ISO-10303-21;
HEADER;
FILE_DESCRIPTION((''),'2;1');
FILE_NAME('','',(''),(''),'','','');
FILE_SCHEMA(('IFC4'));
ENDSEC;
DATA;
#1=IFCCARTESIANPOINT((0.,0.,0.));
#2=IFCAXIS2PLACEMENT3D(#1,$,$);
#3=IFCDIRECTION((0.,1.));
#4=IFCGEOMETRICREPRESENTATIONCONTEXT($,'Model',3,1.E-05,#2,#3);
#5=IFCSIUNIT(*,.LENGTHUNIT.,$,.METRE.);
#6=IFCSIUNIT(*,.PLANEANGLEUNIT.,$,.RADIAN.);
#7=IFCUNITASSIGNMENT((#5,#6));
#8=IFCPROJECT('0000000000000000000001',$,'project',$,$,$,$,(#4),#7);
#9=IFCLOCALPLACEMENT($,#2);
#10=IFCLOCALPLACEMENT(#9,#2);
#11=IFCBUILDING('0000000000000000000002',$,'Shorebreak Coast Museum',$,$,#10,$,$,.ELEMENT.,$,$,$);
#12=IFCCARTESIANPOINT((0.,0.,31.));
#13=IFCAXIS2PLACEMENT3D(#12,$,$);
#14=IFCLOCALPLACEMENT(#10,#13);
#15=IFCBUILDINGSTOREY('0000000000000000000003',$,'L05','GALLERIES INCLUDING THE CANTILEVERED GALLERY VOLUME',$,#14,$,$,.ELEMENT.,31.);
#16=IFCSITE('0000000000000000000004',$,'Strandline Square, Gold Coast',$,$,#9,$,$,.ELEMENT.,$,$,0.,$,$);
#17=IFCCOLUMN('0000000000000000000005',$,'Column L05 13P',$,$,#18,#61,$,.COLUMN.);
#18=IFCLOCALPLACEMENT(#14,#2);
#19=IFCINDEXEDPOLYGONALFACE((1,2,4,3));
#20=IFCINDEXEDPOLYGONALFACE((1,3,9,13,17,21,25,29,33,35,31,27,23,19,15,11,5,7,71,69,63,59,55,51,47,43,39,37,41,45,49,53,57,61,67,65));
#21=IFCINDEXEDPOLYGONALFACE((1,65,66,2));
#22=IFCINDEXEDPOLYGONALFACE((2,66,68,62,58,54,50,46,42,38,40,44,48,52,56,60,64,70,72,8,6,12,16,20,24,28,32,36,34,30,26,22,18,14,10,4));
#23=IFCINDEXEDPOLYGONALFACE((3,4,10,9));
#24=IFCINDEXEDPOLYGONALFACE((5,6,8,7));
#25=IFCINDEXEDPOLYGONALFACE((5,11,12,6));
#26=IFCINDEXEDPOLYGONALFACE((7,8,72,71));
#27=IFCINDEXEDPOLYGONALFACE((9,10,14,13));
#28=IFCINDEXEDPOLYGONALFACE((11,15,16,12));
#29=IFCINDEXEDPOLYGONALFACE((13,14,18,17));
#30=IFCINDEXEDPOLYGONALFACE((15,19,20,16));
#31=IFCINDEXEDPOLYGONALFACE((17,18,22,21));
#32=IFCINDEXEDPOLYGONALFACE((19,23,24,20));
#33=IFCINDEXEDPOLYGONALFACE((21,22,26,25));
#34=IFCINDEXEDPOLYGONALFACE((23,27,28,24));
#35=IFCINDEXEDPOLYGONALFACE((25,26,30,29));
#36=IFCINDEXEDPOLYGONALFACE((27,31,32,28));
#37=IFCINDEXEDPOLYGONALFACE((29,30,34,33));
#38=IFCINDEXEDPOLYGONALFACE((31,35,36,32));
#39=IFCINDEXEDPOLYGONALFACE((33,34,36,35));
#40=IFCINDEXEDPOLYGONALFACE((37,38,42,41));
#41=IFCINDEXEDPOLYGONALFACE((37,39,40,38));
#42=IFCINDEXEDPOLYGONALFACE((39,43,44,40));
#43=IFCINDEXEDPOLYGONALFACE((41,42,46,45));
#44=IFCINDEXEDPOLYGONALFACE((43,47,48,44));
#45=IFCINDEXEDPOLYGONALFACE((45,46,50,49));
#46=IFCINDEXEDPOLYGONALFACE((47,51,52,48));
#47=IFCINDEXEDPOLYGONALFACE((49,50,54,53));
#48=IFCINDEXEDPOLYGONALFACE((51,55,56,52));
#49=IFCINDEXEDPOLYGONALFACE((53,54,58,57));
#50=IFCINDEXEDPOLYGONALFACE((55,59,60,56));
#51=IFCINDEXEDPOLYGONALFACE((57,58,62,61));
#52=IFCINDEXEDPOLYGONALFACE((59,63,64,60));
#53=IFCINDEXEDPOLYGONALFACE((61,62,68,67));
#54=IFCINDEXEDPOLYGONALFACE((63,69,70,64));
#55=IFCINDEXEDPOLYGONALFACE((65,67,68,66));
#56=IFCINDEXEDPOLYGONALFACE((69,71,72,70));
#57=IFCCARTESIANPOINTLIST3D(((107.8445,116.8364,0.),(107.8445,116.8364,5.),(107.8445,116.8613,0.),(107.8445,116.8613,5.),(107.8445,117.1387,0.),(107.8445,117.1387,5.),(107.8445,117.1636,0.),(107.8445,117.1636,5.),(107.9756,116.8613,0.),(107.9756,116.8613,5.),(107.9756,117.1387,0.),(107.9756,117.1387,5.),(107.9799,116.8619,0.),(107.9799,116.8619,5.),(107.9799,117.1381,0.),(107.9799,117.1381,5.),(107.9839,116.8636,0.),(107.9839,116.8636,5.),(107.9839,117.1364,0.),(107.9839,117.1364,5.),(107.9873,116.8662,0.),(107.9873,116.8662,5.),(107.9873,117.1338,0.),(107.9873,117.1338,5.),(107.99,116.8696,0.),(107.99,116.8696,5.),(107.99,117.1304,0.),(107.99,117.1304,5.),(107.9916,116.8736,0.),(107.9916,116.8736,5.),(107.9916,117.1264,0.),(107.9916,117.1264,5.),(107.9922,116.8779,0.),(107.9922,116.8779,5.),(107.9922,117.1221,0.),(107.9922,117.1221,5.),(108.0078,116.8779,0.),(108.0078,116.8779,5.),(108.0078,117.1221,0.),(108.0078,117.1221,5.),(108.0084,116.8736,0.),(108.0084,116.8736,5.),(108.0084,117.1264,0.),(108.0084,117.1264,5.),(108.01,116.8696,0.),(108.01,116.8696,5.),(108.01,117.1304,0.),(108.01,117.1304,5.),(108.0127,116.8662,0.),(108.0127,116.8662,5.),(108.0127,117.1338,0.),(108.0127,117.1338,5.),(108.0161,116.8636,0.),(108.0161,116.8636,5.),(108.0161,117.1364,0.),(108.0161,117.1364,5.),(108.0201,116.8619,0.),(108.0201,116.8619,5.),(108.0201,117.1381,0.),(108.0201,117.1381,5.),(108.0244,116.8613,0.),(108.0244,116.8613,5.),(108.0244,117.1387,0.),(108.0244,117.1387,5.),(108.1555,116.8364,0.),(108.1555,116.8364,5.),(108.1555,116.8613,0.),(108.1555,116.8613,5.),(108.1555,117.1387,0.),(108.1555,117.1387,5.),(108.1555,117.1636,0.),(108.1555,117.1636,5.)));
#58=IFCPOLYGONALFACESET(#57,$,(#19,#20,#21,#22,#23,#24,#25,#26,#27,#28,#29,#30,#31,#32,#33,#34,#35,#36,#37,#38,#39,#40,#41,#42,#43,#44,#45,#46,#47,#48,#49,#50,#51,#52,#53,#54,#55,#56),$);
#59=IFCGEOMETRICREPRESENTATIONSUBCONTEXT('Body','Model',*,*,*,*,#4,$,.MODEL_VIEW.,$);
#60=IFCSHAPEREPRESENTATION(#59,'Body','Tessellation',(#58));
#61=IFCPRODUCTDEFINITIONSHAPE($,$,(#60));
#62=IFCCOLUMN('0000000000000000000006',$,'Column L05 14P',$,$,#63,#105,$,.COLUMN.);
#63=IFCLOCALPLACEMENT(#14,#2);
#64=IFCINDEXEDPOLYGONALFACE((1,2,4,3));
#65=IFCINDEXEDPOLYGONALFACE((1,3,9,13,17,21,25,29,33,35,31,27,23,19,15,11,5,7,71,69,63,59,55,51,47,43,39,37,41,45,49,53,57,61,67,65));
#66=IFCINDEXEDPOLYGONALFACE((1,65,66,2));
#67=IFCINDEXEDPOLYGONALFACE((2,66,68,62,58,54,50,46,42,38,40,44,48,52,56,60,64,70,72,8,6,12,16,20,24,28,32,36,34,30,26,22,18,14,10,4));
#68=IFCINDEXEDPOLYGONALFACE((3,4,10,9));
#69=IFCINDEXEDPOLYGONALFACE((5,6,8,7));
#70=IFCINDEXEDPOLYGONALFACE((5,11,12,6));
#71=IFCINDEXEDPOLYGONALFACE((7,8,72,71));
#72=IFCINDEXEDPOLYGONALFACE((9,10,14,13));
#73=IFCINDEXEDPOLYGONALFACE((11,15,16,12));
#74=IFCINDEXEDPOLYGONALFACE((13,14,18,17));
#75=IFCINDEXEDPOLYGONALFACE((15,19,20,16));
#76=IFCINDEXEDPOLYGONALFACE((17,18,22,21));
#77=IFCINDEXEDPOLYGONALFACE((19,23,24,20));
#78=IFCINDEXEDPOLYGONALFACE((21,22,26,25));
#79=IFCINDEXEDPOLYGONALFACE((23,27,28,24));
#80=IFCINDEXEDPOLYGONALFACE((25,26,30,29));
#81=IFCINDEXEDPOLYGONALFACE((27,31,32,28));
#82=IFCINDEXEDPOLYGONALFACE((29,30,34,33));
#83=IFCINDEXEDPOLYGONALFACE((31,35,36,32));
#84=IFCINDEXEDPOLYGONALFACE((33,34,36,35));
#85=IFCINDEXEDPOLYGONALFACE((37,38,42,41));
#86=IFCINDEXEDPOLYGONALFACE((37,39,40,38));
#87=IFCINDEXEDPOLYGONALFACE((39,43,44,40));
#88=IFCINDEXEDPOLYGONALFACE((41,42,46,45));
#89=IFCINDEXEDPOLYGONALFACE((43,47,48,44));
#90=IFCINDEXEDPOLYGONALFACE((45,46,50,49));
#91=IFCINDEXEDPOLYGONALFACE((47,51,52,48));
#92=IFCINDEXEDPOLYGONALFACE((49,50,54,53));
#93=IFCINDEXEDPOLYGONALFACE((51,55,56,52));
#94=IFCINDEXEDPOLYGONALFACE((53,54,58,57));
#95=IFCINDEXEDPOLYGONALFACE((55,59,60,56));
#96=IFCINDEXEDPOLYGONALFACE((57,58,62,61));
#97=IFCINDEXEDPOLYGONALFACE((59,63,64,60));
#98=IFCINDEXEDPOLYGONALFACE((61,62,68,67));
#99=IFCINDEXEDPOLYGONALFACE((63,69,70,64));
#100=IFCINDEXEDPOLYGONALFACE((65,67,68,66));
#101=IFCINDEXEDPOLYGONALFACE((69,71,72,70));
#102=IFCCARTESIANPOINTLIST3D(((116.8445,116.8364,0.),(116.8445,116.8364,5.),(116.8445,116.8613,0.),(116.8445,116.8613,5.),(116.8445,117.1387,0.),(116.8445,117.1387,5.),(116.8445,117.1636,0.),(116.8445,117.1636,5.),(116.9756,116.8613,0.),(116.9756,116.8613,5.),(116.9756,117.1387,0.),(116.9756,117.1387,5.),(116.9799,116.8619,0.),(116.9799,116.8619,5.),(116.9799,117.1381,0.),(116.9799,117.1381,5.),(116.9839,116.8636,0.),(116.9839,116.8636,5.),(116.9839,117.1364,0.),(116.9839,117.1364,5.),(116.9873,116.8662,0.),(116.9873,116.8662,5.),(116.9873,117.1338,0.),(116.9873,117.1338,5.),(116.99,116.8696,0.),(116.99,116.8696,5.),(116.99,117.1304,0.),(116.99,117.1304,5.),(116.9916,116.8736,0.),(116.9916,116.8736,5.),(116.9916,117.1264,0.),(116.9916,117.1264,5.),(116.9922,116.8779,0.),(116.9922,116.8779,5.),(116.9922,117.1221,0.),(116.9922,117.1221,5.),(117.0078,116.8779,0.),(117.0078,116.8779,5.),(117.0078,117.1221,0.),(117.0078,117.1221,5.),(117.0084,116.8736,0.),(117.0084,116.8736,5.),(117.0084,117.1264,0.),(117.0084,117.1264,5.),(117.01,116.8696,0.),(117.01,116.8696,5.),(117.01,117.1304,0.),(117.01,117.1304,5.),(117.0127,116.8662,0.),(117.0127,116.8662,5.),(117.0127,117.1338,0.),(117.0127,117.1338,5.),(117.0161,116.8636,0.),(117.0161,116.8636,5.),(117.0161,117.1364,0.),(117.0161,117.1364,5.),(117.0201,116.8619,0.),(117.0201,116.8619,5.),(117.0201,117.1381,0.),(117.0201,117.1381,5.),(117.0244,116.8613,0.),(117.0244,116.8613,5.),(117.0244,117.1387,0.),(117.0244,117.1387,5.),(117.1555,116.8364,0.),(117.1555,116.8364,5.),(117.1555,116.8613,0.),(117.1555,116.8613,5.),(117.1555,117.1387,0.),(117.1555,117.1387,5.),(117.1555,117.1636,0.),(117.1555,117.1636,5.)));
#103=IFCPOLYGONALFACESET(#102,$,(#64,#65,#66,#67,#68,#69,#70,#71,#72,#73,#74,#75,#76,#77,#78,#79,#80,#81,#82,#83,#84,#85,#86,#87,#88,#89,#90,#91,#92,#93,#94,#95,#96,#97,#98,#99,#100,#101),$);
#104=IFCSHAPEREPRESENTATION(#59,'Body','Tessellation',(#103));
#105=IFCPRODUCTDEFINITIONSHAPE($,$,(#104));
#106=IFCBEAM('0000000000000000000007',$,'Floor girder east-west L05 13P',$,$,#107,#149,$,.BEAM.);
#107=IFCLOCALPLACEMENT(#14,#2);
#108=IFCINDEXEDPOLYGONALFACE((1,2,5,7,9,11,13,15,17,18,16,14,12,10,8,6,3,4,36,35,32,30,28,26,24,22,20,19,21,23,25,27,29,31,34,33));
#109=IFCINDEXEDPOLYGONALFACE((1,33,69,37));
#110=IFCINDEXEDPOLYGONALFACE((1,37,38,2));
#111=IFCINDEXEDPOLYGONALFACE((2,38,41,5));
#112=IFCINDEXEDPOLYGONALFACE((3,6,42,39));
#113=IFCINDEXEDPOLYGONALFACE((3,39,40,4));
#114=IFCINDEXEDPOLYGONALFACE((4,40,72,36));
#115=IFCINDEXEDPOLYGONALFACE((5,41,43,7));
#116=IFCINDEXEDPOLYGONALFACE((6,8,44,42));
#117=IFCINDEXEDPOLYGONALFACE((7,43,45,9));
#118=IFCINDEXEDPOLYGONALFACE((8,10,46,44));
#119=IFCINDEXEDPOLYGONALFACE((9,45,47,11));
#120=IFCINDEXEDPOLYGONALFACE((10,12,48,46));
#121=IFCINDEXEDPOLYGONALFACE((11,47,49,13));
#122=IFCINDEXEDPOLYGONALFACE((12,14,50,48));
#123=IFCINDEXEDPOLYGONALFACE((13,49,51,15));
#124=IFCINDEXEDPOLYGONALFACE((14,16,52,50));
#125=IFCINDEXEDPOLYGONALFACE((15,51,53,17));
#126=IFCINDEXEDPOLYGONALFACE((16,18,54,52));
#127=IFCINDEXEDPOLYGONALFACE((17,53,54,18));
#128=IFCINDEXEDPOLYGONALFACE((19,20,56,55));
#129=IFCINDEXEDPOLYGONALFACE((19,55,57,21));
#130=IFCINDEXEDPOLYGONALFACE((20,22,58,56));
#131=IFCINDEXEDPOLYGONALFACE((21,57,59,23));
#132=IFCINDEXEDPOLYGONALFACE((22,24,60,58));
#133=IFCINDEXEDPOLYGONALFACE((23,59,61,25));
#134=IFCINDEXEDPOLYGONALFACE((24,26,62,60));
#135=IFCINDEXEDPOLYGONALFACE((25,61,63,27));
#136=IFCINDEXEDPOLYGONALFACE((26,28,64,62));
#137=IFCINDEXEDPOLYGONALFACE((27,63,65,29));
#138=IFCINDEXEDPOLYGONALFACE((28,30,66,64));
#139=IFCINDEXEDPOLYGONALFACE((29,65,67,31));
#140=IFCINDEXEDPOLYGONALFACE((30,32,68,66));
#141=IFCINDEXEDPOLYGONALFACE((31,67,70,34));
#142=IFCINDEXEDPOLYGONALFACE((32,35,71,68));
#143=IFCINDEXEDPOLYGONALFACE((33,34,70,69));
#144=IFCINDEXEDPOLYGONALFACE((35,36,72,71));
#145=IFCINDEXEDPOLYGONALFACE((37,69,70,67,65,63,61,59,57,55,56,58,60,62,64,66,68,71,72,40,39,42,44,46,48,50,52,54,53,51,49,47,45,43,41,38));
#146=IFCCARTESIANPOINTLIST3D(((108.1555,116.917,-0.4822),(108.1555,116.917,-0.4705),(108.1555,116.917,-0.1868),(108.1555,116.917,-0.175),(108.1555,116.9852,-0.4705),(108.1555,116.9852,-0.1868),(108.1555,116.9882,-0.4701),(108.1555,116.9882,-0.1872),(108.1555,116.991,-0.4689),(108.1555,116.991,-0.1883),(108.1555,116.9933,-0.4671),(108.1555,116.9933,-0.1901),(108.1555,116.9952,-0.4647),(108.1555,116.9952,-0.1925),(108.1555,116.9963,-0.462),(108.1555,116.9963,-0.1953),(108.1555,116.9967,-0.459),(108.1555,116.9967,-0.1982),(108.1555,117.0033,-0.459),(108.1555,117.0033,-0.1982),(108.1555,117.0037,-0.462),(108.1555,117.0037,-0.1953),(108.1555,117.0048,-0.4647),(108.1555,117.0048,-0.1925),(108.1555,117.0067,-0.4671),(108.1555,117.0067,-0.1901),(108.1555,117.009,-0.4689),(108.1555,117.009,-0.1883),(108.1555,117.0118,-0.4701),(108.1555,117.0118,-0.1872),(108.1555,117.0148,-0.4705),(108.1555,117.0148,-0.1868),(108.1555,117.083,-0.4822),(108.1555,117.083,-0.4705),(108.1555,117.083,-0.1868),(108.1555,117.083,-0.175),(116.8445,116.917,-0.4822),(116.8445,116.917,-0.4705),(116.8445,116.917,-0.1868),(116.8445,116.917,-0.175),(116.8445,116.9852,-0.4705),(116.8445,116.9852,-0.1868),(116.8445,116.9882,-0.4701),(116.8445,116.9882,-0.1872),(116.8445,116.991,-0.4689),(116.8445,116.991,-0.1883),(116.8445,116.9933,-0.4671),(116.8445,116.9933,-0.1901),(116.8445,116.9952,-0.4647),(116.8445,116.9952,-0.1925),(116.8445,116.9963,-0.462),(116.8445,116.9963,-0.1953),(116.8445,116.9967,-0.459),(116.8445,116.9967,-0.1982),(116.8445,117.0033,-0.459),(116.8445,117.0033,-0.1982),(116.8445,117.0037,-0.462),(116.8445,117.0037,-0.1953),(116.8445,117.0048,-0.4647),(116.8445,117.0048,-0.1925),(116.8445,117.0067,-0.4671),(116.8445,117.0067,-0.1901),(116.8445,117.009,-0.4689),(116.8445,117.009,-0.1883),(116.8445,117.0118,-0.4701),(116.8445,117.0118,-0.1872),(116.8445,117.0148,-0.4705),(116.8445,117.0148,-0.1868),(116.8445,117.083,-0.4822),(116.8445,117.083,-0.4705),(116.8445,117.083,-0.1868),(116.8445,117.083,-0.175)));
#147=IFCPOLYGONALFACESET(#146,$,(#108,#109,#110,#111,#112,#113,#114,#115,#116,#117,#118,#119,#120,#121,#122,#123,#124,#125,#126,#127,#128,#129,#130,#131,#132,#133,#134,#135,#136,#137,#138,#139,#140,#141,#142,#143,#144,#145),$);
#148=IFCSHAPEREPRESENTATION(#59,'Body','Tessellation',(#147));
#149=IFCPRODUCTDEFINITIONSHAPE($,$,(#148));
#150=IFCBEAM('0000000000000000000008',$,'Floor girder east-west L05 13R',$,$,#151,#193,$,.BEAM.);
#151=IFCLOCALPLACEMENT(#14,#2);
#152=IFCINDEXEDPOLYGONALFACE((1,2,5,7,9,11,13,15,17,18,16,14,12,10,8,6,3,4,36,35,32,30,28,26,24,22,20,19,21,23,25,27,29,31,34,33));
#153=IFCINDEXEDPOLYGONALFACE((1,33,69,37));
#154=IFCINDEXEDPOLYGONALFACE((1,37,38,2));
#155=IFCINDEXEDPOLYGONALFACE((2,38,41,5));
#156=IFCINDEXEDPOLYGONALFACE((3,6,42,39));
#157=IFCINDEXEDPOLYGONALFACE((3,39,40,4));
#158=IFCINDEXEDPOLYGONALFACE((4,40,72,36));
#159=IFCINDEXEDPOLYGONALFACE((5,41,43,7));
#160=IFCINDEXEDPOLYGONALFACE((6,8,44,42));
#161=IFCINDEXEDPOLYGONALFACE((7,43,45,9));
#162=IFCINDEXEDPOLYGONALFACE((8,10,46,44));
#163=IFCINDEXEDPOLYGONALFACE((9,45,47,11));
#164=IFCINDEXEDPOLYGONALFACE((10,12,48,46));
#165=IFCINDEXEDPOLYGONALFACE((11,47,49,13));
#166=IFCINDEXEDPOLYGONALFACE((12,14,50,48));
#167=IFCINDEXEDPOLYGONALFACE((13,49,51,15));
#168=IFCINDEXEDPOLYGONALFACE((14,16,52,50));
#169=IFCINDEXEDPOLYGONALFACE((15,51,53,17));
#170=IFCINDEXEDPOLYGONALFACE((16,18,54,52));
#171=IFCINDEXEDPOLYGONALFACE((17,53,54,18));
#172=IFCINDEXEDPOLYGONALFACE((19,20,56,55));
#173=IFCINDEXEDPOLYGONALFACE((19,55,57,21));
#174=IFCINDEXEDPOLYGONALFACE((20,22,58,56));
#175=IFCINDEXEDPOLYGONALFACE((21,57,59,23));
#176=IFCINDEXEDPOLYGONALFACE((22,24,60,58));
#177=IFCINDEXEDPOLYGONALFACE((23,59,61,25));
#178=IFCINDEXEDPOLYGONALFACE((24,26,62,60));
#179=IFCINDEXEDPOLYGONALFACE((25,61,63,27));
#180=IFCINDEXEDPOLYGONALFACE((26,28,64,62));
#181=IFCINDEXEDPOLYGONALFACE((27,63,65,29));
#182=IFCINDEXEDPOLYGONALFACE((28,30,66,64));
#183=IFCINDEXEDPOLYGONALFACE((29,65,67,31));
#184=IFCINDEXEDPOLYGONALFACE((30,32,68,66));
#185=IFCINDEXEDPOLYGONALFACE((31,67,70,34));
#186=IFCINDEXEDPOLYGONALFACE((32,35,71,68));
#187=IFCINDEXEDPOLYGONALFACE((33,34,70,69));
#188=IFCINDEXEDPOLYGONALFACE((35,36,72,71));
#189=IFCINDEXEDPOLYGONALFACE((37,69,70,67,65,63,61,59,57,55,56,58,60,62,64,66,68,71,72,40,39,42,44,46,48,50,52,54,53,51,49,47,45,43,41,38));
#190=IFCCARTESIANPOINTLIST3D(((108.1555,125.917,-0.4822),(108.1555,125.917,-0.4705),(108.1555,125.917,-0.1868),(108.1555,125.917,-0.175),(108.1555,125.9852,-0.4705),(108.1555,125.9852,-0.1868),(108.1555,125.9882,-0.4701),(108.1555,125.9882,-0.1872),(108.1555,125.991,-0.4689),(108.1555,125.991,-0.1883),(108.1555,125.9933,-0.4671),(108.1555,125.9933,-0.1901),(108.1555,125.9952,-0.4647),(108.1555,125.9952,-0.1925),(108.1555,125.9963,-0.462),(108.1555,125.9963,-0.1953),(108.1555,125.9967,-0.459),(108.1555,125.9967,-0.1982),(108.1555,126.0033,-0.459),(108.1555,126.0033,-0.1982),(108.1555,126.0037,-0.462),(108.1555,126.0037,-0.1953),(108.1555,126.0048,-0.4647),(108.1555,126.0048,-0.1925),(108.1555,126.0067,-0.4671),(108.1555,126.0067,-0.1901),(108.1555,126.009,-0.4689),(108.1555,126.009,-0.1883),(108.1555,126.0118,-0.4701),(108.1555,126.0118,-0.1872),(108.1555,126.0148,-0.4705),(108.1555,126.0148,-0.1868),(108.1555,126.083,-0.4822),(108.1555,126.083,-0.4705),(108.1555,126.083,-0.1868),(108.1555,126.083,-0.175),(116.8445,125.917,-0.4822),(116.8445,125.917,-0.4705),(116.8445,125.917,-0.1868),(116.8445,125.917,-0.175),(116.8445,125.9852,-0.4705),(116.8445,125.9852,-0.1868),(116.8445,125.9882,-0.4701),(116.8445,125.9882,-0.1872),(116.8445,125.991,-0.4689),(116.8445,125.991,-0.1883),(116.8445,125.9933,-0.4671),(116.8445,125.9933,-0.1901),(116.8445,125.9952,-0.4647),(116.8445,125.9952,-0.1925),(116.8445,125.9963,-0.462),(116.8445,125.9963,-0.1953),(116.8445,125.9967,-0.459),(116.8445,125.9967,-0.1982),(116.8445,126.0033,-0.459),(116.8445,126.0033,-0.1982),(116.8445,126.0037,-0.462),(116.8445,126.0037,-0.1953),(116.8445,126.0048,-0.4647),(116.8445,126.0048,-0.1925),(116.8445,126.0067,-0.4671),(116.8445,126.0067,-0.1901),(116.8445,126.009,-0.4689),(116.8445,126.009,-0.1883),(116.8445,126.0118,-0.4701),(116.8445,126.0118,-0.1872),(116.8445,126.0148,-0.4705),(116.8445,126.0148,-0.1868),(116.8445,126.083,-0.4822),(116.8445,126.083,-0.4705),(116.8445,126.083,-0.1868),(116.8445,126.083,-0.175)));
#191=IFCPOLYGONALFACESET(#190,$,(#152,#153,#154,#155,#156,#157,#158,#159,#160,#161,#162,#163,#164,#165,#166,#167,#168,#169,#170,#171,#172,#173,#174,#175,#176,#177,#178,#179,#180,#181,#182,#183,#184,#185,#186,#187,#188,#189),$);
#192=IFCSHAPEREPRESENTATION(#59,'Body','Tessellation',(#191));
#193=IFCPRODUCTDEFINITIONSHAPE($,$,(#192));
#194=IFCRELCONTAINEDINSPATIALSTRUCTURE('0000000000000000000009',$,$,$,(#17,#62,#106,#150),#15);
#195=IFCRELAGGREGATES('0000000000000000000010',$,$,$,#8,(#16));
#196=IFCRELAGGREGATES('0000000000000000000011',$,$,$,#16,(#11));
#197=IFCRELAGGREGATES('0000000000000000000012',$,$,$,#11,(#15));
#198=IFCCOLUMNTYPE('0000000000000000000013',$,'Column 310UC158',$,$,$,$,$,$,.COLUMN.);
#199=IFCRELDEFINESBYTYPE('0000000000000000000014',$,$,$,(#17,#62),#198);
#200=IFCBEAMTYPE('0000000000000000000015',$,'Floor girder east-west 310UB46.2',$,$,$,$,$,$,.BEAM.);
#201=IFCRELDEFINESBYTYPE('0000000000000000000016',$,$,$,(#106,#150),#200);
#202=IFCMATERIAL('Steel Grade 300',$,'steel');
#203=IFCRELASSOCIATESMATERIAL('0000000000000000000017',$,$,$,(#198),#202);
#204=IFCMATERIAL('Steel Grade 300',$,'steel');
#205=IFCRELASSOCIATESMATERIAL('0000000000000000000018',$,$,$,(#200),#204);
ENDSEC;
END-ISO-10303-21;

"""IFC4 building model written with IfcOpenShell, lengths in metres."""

from ifc_helpers import new_model, si_unit, direction, frame, origin, origin_2d, place, context, subcontext, project, spatial, i_section, extrude, material, material_profile, profile_set, type_object, element, save


model = new_model("IFC4")

# Units and contexts
model_context = context("Model", 3, precision=1e-05, world=origin(), true_north=direction((0.0, 1.0)))
body_context = subcontext(model_context, "Body", "Model", "MODEL_VIEW")
ifc_project = project(units=[si_unit("LENGTHUNIT", "METRE"), si_unit("PLANEANGLEUNIT", "RADIAN")], contexts=[model_context])

# Site, building, storey
site_placement = place(None, origin())
site = spatial("IfcSite", under=ifc_project, at=site_placement, Name="Strandline Square, Gold Coast", CompositionType="ELEMENT", RefElevation=0.0)
building_placement = place(site_placement, origin())
building = spatial("IfcBuilding", under=site, at=building_placement, Name="Shorebreak Coast Museum", CompositionType="ELEMENT")
storey_placement = place(building_placement, frame((0.0, 0.0, 31.0)))
storey = spatial("IfcBuildingStorey", under=building, at=storey_placement, Name="L05", Description="GALLERIES INCLUDING THE CANTILEVERED GALLERY VOLUME", CompositionType="ELEMENT", Elevation=31.0)

# Columns
ifc_material_1 = material(Name="Steel Grade 300", Category="steel")
ifc_material_profile_1 = material_profile(ifc_material_1, i_section(OverallWidth=0.311, OverallDepth=0.3271, WebThickness=0.0156, FlangeThickness=0.0249, FilletRadius=0.0166, at=origin_2d()), Name="310UC158")
ifc_profile_set_1 = profile_set([ifc_material_profile_1], Name="Steel Grade 300")
column_type = type_object("IfcColumnType", Name="Column 310UC158", PredefinedType="COLUMN", material=ifc_profile_set_1)
for number, where, z_axis, x_axis, name in (
    (1, (108.0, 117.0, 0.0), (0.0, 0.0, 1.0), (1.0, 0.0, 0.0), "Column L05 13P"),
    (2, (117.0, 117.0, 0.0), (0.0, 0.0, 1.0), (1.0, 0.0, 0.0), "Column L05 14P"),
):
    element("IfcColumn", number, at=place(storey_placement, frame(where, z_axis=z_axis, x_axis=x_axis)), inside=storey, type_object=column_type, Name=name, PredefinedType="COLUMN", context=body_context, shape_type="SweptSolid", body=[
        extrude(i_section(OverallWidth=0.311, OverallDepth=0.3271, WebThickness=0.0156, FlangeThickness=0.0249, FilletRadius=0.0166, at=origin_2d()), origin(), (0.0, 0.0, 1.0), 5.0),
    ])

# Beams
ifc_material_2 = material(Name="Steel Grade 300", Category="steel")
ifc_material_profile_2 = material_profile(ifc_material_2, i_section(OverallWidth=0.166, OverallDepth=0.3071, WebThickness=0.0066, FlangeThickness=0.0117, FilletRadius=0.0115, at=origin_2d()), Name="310UB46.2")
ifc_profile_set_2 = profile_set([ifc_material_profile_2], Name="Steel Grade 300")
beam_type_1 = type_object("IfcBeamType", Name="Floor girder east-west 310UB46.2", PredefinedType="BEAM", material=ifc_profile_set_2)
for number, where, z_axis, x_axis, name in (
    (3, (108.1555, 117.0, -0.3286), (1.0, 0.0, 0.0), (0.0, 1.0, 0.0), "Floor girder east-west L05 13P"),
    (4, (108.1555, 126.0, -0.3286), (1.0, 0.0, 0.0), (0.0, 1.0, 0.0), "Floor girder east-west L05 13R"),
):
    element("IfcBeam", number, at=place(storey_placement, frame(where, z_axis=z_axis, x_axis=x_axis)), inside=storey, type_object=beam_type_1, Name=name, PredefinedType="BEAM", context=body_context, shape_type="SweptSolid", body=[
        extrude(i_section(OverallWidth=0.166, OverallDepth=0.3071, WebThickness=0.0066, FlangeThickness=0.0117, FilletRadius=0.0115, at=origin_2d()), origin(), (0.0, 0.0, 1.0), 8.689),
    ])

save(model, "model.ifc")
